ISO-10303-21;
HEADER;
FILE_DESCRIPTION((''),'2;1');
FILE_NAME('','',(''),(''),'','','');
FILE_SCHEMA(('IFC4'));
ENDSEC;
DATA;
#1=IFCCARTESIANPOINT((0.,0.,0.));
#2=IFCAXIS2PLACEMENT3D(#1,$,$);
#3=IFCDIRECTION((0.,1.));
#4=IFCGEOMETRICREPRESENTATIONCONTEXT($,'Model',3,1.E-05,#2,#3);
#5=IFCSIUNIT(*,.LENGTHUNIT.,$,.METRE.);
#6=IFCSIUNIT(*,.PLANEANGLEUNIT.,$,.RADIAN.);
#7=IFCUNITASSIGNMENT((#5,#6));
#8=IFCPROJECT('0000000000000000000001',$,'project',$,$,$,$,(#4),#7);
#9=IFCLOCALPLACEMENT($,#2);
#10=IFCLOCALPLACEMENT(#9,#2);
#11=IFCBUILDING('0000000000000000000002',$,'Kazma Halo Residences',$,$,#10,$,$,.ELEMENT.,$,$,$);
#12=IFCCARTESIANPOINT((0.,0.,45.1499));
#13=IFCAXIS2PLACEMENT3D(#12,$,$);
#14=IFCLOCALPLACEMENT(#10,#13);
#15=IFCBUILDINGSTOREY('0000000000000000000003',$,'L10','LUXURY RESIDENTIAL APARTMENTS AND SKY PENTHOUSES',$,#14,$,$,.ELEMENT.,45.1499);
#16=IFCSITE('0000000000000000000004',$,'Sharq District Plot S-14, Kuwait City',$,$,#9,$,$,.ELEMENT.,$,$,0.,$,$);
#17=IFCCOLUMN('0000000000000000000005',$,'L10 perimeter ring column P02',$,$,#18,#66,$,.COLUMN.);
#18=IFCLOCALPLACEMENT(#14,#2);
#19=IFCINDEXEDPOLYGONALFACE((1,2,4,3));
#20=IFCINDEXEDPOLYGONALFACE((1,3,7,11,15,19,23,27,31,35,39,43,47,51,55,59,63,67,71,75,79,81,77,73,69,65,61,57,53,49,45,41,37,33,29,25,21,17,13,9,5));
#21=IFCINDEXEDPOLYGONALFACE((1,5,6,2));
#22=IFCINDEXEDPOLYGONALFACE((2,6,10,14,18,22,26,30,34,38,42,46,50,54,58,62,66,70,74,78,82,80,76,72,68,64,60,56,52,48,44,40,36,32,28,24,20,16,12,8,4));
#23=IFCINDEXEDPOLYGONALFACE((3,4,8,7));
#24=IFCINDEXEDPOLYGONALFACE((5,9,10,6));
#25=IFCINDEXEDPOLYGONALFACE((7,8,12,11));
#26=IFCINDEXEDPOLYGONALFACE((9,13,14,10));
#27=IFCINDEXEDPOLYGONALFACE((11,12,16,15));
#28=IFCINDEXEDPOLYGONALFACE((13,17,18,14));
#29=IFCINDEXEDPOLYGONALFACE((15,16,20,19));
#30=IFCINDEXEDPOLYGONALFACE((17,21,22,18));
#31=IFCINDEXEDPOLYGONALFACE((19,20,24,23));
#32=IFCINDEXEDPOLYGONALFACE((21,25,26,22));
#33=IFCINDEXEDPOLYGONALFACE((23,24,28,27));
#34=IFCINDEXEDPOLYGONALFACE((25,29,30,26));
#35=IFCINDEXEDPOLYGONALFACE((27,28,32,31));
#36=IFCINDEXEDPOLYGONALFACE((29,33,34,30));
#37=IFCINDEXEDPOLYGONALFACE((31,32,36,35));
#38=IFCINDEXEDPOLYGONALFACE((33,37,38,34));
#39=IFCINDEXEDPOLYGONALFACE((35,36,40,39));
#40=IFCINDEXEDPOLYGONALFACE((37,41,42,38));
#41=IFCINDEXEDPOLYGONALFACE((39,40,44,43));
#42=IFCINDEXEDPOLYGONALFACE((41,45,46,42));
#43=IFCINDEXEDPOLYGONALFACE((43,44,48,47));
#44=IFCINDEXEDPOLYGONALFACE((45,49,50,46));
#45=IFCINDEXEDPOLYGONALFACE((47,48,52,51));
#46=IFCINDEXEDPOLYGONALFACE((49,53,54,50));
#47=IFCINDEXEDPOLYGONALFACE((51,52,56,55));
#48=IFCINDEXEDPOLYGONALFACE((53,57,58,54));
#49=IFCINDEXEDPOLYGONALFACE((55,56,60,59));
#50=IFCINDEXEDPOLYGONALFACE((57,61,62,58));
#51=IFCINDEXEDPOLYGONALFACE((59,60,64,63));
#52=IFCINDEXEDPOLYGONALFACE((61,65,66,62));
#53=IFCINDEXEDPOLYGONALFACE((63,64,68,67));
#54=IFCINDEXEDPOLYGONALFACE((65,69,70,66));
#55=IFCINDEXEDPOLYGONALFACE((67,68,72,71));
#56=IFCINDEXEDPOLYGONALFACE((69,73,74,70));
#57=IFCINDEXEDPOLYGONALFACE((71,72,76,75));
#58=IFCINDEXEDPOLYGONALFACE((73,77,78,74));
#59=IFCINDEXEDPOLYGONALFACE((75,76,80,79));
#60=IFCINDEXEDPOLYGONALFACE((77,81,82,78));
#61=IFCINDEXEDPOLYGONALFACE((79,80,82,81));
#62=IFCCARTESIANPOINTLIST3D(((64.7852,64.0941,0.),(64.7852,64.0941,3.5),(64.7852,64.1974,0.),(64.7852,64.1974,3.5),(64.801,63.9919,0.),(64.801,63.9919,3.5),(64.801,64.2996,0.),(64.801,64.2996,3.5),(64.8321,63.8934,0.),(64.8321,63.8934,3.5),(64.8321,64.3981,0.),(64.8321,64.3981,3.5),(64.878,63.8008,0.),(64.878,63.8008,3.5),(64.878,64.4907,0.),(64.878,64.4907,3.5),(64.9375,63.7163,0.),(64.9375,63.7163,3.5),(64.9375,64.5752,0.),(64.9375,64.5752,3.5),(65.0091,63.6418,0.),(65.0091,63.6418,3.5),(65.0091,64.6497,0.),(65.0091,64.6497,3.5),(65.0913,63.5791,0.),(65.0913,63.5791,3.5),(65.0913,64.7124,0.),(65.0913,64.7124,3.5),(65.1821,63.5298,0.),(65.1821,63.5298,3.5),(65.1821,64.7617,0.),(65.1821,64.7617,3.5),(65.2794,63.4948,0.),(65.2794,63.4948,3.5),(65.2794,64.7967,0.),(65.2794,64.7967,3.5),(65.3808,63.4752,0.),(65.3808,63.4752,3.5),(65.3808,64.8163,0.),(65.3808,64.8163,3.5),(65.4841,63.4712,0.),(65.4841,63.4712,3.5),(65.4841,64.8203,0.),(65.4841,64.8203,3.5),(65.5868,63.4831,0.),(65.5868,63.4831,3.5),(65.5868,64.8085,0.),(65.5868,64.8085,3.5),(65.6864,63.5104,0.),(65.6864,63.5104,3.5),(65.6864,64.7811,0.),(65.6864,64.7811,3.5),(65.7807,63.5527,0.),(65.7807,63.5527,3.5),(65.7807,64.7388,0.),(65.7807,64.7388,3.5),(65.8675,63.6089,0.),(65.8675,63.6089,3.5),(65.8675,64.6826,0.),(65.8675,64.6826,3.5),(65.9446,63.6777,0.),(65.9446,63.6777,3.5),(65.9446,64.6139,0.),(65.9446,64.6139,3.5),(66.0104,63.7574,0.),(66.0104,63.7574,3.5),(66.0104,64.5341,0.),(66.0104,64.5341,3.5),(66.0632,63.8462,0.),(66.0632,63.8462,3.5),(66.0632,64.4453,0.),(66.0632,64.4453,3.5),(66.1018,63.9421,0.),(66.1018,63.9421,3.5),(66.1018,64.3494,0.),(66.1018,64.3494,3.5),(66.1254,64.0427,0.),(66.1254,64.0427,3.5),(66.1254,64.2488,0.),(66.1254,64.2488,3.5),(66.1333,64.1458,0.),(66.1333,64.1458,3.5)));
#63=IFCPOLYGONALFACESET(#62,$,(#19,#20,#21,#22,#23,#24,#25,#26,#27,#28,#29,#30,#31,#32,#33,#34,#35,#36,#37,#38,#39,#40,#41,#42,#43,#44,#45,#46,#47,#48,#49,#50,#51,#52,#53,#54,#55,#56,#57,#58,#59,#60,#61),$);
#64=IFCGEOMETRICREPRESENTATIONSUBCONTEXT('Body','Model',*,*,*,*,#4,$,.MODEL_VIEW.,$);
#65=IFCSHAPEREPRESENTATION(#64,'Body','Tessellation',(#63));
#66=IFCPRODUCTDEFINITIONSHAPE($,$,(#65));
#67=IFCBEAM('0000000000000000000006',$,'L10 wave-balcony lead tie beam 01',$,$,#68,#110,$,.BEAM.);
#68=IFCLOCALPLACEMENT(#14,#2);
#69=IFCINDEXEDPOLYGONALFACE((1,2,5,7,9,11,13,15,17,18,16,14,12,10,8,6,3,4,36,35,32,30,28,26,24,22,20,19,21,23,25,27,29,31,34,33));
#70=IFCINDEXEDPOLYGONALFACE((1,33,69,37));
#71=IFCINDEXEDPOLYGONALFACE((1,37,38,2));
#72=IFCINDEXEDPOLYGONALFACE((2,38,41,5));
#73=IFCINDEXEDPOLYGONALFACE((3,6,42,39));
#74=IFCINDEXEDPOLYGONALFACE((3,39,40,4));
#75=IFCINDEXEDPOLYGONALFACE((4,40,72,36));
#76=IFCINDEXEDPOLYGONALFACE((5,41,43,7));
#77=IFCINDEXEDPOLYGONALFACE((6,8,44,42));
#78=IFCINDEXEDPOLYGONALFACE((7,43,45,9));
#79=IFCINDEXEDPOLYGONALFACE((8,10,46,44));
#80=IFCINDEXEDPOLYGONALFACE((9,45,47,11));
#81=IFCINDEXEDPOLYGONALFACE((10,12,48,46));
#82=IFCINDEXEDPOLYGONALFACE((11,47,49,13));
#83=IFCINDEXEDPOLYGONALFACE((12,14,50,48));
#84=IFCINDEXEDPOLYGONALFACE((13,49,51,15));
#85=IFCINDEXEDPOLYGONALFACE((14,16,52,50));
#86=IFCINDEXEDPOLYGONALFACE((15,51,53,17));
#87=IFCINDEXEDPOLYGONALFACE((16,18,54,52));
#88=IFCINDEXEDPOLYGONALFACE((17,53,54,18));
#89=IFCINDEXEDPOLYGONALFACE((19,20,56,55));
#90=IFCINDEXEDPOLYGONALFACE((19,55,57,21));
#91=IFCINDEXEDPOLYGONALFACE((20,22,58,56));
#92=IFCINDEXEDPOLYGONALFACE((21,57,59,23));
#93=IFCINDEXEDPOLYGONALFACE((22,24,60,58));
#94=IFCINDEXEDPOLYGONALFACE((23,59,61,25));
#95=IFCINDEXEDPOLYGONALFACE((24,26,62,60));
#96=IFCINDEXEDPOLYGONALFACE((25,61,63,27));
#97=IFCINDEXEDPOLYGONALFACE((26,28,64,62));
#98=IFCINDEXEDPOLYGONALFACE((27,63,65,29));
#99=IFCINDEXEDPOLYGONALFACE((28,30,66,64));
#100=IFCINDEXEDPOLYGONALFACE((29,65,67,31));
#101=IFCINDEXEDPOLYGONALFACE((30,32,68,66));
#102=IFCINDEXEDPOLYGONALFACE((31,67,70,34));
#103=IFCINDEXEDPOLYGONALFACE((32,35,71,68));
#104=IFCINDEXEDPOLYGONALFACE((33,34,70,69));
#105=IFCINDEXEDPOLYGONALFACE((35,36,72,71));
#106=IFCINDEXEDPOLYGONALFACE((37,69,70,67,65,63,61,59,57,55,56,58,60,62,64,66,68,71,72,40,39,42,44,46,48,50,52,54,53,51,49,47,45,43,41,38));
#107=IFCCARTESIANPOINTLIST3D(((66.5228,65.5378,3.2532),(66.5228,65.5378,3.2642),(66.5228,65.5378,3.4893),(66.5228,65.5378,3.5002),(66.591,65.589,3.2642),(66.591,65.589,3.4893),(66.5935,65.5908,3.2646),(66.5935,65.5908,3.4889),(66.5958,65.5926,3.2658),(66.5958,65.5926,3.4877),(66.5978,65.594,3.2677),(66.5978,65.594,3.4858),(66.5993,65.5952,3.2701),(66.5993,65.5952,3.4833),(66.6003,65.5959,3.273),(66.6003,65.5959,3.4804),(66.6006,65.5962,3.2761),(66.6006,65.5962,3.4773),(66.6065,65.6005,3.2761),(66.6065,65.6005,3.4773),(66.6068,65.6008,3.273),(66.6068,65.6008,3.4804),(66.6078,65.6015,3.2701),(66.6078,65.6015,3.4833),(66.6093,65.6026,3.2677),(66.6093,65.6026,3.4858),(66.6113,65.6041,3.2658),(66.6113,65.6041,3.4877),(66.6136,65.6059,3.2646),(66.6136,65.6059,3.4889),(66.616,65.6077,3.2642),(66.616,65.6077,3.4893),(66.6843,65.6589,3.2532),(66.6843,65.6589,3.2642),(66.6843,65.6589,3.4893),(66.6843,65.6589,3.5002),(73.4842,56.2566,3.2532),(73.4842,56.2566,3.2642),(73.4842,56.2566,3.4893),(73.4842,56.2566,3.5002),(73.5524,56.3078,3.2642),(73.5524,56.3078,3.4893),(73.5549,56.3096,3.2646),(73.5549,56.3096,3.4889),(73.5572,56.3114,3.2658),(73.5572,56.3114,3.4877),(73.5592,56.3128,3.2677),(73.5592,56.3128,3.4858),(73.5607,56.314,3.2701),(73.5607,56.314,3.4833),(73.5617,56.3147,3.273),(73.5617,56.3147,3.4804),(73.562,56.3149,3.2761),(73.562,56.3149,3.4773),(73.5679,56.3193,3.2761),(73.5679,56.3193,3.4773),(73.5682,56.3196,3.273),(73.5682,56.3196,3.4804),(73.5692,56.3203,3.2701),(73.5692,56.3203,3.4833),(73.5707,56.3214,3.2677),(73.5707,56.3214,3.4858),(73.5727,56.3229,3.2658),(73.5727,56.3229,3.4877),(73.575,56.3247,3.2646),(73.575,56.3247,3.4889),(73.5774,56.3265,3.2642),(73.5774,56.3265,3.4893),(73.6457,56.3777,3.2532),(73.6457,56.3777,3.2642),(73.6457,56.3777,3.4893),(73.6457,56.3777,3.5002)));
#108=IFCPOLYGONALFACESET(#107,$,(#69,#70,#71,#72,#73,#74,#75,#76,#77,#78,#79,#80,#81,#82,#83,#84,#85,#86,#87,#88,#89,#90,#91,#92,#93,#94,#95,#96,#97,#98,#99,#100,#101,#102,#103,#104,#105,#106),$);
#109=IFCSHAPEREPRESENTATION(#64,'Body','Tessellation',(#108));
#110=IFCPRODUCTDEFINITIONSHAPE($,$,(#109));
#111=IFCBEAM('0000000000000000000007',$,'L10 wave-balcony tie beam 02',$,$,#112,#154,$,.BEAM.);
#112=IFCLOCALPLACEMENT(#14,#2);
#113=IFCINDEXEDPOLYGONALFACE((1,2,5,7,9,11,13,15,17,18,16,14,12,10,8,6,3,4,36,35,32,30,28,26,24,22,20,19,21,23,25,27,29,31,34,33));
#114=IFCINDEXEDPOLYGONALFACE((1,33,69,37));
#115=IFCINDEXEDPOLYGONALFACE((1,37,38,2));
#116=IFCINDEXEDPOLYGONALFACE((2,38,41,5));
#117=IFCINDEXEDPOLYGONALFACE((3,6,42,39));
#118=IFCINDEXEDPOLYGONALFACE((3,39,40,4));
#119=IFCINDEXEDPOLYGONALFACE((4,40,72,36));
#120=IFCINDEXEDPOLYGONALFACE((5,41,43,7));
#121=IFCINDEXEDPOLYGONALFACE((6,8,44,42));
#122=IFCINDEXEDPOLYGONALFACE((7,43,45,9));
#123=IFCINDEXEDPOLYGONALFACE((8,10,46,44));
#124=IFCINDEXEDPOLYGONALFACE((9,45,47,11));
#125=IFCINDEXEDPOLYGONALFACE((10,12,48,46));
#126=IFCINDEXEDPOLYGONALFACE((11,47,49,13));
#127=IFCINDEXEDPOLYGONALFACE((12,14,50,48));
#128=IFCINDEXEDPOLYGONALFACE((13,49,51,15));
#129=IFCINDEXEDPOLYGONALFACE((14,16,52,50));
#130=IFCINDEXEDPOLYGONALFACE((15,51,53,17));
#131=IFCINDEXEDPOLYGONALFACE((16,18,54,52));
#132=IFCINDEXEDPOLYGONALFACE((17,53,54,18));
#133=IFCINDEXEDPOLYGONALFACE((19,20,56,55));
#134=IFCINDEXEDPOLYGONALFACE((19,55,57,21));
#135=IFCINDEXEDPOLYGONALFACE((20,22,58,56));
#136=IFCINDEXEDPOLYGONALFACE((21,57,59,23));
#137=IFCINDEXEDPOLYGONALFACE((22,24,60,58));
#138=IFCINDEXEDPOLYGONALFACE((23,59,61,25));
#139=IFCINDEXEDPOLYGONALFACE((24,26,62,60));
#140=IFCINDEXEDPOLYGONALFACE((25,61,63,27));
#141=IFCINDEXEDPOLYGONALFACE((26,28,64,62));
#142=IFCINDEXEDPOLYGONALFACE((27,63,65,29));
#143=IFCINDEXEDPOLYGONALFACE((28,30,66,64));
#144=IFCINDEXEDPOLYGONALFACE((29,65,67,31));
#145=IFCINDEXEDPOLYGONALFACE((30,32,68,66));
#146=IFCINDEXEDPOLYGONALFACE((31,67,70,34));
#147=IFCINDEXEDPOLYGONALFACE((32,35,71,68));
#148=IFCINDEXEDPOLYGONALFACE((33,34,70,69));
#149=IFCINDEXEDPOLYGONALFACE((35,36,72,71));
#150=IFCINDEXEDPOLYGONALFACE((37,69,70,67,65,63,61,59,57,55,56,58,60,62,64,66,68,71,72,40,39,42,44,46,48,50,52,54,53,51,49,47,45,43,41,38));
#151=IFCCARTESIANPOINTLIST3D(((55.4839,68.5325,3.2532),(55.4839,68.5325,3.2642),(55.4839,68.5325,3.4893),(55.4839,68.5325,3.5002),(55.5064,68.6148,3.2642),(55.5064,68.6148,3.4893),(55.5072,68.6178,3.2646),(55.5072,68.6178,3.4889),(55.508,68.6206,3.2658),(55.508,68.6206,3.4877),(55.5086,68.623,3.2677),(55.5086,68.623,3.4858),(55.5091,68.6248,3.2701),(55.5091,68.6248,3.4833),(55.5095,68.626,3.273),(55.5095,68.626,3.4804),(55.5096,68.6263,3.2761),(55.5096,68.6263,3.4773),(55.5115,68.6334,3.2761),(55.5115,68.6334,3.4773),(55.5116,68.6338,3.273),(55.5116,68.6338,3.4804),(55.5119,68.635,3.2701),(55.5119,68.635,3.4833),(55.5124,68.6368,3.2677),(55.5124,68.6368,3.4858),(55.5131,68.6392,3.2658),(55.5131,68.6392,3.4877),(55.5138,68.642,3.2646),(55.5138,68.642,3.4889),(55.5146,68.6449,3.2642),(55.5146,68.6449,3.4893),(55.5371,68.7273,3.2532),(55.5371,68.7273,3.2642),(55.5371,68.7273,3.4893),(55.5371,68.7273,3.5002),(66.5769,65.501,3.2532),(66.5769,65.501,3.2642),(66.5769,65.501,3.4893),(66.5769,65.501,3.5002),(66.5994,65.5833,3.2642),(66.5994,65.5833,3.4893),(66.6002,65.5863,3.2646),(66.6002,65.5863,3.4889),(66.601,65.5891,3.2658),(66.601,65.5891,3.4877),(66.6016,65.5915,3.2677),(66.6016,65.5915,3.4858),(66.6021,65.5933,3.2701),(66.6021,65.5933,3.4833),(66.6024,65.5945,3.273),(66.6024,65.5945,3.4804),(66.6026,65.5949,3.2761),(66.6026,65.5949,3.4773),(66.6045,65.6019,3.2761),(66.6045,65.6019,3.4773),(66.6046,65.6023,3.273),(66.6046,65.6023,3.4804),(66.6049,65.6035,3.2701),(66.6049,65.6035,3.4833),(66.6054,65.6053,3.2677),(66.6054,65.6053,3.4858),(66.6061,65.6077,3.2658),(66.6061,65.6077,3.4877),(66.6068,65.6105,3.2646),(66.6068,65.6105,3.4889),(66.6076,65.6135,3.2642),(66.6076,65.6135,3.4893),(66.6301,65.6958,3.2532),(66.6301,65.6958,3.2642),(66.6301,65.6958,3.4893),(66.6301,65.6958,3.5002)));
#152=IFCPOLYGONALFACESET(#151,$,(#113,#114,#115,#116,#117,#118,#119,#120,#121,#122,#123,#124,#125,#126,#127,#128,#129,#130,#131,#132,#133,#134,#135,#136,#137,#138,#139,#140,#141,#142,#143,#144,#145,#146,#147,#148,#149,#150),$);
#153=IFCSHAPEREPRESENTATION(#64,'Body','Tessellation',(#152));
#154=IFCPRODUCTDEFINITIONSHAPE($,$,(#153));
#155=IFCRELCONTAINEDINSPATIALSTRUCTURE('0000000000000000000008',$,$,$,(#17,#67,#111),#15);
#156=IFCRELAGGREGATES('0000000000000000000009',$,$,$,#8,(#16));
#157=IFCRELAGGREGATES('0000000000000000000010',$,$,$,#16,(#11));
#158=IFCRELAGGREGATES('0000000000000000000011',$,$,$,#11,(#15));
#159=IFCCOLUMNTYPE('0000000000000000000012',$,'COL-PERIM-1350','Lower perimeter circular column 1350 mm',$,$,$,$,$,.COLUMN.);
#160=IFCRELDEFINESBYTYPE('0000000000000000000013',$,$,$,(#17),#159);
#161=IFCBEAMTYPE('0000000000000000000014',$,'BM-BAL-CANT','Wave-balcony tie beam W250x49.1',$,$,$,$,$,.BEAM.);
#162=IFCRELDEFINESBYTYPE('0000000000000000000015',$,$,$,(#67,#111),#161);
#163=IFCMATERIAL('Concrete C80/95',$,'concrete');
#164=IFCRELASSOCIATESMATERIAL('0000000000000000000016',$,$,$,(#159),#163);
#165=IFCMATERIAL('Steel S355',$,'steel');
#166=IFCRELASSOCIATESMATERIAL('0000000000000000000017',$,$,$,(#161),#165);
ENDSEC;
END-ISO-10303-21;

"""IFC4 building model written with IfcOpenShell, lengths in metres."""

from ifc_helpers import new_model, si_unit, direction, frame, origin, origin_2d, place, context, subcontext, project, spatial, circle, i_section, extrude, material, material_profile, profile_set, type_object, element, save


model = new_model("IFC4")

# Units and contexts
model_context = context("Model", 3, precision=1e-05, world=origin(), true_north=direction((0.0, 1.0)))
body_context = subcontext(model_context, "Body", "Model", "MODEL_VIEW")
ifc_project = project(units=[si_unit("LENGTHUNIT", "METRE"), si_unit("PLANEANGLEUNIT", "RADIAN")], contexts=[model_context])

# Site, building, storey
site_placement = place(None, origin())
site = spatial("IfcSite", under=ifc_project, at=site_placement, Name="Sharq District Plot S-14, Kuwait City", CompositionType="ELEMENT", RefElevation=0.0)
building_placement = place(site_placement, origin())
building = spatial("IfcBuilding", under=site, at=building_placement, Name="Kazma Halo Residences", CompositionType="ELEMENT")
storey_placement = place(building_placement, frame((0.0, 0.0, 45.1499)))
storey = spatial("IfcBuildingStorey", under=building, at=storey_placement, Name="L10", Description="LUXURY RESIDENTIAL APARTMENTS AND SKY PENTHOUSES", CompositionType="ELEMENT", Elevation=45.1499)

# Column
ifc_material_1 = material(Name="Concrete C80/95", Category="concrete")
ifc_material_profile_1 = material_profile(ifc_material_1, circle(Radius=0.675, at=origin_2d()), Name="CIRC1350")
ifc_profile_set_1 = profile_set([ifc_material_profile_1], Name="Concrete C80/95")
column_type = type_object("IfcColumnType", Name="COL-PERIM-1350", Description="Lower perimeter circular column 1350 mm", PredefinedType="COLUMN", material=ifc_profile_set_1)
column_placement = place(storey_placement, frame((65.4583, 64.1458, 0.0), z_axis=(0.0, 0.0, 1.0), x_axis=(1.0, 0.0, 0.0)))
element("IfcColumn", 1, at=column_placement, inside=storey, type_object=column_type, Name="L10 perimeter ring column P02", PredefinedType="COLUMN", context=body_context, shape_type="SweptSolid", body=[
    extrude(circle(Radius=0.675, at=origin_2d()), origin(), (0.0, 0.0, 1.0), 3.5),
])

# Beams
ifc_material_2 = material(Name="Steel S355", Category="steel")
ifc_material_profile_2 = material_profile(ifc_material_2, i_section(OverallWidth=0.2019, OverallDepth=0.2471, WebThickness=0.0073, FlangeThickness=0.011, FilletRadius=0.012, at=origin_2d()), Name="W250x49.1")
ifc_profile_set_2 = profile_set([ifc_material_profile_2], Name="Steel S355")
beam_type_1 = type_object("IfcBeamType", Name="BM-BAL-CANT", Description="Wave-balcony tie beam W250x49.1", PredefinedType="BEAM", material=ifc_profile_set_2)
beam_1_placement = place(storey_placement, frame((73.5649, 56.3171, 3.3767), z_axis=(-0.600027, 0.79998, 0.0), x_axis=(-0.79998, -0.600027, 0.0)))
element("IfcBeam", 2, at=beam_1_placement, inside=storey, type_object=beam_type_1, Name="L10 wave-balcony lead tie beam 01", PredefinedType="BEAM", context=body_context, shape_type="SweptSolid", body=[
    extrude(i_section(OverallWidth=0.2019, OverallDepth=0.2471, WebThickness=0.0073, FlangeThickness=0.011, FilletRadius=0.012, at=origin_2d()), origin(), (0.0, 0.0, 1.0), 11.6018),
])
beam_2_placement = place(storey_placement, frame((66.6035, 65.5984, 3.3767), z_axis=(-0.964628, 0.263613, 0.0), x_axis=(-0.263613, -0.964628, 0.0)))
element("IfcBeam", 3, at=beam_2_placement, inside=storey, type_object=beam_type_1, Name="L10 wave-balcony tie beam 02", PredefinedType="BEAM", context=body_context, shape_type="SweptSolid", body=[
    extrude(i_section(OverallWidth=0.2019, OverallDepth=0.2471, WebThickness=0.0073, FlangeThickness=0.011, FilletRadius=0.012, at=origin_2d()), origin(), (0.0, 0.0, 1.0), 11.4998),
])

save(model, "model.ifc")
